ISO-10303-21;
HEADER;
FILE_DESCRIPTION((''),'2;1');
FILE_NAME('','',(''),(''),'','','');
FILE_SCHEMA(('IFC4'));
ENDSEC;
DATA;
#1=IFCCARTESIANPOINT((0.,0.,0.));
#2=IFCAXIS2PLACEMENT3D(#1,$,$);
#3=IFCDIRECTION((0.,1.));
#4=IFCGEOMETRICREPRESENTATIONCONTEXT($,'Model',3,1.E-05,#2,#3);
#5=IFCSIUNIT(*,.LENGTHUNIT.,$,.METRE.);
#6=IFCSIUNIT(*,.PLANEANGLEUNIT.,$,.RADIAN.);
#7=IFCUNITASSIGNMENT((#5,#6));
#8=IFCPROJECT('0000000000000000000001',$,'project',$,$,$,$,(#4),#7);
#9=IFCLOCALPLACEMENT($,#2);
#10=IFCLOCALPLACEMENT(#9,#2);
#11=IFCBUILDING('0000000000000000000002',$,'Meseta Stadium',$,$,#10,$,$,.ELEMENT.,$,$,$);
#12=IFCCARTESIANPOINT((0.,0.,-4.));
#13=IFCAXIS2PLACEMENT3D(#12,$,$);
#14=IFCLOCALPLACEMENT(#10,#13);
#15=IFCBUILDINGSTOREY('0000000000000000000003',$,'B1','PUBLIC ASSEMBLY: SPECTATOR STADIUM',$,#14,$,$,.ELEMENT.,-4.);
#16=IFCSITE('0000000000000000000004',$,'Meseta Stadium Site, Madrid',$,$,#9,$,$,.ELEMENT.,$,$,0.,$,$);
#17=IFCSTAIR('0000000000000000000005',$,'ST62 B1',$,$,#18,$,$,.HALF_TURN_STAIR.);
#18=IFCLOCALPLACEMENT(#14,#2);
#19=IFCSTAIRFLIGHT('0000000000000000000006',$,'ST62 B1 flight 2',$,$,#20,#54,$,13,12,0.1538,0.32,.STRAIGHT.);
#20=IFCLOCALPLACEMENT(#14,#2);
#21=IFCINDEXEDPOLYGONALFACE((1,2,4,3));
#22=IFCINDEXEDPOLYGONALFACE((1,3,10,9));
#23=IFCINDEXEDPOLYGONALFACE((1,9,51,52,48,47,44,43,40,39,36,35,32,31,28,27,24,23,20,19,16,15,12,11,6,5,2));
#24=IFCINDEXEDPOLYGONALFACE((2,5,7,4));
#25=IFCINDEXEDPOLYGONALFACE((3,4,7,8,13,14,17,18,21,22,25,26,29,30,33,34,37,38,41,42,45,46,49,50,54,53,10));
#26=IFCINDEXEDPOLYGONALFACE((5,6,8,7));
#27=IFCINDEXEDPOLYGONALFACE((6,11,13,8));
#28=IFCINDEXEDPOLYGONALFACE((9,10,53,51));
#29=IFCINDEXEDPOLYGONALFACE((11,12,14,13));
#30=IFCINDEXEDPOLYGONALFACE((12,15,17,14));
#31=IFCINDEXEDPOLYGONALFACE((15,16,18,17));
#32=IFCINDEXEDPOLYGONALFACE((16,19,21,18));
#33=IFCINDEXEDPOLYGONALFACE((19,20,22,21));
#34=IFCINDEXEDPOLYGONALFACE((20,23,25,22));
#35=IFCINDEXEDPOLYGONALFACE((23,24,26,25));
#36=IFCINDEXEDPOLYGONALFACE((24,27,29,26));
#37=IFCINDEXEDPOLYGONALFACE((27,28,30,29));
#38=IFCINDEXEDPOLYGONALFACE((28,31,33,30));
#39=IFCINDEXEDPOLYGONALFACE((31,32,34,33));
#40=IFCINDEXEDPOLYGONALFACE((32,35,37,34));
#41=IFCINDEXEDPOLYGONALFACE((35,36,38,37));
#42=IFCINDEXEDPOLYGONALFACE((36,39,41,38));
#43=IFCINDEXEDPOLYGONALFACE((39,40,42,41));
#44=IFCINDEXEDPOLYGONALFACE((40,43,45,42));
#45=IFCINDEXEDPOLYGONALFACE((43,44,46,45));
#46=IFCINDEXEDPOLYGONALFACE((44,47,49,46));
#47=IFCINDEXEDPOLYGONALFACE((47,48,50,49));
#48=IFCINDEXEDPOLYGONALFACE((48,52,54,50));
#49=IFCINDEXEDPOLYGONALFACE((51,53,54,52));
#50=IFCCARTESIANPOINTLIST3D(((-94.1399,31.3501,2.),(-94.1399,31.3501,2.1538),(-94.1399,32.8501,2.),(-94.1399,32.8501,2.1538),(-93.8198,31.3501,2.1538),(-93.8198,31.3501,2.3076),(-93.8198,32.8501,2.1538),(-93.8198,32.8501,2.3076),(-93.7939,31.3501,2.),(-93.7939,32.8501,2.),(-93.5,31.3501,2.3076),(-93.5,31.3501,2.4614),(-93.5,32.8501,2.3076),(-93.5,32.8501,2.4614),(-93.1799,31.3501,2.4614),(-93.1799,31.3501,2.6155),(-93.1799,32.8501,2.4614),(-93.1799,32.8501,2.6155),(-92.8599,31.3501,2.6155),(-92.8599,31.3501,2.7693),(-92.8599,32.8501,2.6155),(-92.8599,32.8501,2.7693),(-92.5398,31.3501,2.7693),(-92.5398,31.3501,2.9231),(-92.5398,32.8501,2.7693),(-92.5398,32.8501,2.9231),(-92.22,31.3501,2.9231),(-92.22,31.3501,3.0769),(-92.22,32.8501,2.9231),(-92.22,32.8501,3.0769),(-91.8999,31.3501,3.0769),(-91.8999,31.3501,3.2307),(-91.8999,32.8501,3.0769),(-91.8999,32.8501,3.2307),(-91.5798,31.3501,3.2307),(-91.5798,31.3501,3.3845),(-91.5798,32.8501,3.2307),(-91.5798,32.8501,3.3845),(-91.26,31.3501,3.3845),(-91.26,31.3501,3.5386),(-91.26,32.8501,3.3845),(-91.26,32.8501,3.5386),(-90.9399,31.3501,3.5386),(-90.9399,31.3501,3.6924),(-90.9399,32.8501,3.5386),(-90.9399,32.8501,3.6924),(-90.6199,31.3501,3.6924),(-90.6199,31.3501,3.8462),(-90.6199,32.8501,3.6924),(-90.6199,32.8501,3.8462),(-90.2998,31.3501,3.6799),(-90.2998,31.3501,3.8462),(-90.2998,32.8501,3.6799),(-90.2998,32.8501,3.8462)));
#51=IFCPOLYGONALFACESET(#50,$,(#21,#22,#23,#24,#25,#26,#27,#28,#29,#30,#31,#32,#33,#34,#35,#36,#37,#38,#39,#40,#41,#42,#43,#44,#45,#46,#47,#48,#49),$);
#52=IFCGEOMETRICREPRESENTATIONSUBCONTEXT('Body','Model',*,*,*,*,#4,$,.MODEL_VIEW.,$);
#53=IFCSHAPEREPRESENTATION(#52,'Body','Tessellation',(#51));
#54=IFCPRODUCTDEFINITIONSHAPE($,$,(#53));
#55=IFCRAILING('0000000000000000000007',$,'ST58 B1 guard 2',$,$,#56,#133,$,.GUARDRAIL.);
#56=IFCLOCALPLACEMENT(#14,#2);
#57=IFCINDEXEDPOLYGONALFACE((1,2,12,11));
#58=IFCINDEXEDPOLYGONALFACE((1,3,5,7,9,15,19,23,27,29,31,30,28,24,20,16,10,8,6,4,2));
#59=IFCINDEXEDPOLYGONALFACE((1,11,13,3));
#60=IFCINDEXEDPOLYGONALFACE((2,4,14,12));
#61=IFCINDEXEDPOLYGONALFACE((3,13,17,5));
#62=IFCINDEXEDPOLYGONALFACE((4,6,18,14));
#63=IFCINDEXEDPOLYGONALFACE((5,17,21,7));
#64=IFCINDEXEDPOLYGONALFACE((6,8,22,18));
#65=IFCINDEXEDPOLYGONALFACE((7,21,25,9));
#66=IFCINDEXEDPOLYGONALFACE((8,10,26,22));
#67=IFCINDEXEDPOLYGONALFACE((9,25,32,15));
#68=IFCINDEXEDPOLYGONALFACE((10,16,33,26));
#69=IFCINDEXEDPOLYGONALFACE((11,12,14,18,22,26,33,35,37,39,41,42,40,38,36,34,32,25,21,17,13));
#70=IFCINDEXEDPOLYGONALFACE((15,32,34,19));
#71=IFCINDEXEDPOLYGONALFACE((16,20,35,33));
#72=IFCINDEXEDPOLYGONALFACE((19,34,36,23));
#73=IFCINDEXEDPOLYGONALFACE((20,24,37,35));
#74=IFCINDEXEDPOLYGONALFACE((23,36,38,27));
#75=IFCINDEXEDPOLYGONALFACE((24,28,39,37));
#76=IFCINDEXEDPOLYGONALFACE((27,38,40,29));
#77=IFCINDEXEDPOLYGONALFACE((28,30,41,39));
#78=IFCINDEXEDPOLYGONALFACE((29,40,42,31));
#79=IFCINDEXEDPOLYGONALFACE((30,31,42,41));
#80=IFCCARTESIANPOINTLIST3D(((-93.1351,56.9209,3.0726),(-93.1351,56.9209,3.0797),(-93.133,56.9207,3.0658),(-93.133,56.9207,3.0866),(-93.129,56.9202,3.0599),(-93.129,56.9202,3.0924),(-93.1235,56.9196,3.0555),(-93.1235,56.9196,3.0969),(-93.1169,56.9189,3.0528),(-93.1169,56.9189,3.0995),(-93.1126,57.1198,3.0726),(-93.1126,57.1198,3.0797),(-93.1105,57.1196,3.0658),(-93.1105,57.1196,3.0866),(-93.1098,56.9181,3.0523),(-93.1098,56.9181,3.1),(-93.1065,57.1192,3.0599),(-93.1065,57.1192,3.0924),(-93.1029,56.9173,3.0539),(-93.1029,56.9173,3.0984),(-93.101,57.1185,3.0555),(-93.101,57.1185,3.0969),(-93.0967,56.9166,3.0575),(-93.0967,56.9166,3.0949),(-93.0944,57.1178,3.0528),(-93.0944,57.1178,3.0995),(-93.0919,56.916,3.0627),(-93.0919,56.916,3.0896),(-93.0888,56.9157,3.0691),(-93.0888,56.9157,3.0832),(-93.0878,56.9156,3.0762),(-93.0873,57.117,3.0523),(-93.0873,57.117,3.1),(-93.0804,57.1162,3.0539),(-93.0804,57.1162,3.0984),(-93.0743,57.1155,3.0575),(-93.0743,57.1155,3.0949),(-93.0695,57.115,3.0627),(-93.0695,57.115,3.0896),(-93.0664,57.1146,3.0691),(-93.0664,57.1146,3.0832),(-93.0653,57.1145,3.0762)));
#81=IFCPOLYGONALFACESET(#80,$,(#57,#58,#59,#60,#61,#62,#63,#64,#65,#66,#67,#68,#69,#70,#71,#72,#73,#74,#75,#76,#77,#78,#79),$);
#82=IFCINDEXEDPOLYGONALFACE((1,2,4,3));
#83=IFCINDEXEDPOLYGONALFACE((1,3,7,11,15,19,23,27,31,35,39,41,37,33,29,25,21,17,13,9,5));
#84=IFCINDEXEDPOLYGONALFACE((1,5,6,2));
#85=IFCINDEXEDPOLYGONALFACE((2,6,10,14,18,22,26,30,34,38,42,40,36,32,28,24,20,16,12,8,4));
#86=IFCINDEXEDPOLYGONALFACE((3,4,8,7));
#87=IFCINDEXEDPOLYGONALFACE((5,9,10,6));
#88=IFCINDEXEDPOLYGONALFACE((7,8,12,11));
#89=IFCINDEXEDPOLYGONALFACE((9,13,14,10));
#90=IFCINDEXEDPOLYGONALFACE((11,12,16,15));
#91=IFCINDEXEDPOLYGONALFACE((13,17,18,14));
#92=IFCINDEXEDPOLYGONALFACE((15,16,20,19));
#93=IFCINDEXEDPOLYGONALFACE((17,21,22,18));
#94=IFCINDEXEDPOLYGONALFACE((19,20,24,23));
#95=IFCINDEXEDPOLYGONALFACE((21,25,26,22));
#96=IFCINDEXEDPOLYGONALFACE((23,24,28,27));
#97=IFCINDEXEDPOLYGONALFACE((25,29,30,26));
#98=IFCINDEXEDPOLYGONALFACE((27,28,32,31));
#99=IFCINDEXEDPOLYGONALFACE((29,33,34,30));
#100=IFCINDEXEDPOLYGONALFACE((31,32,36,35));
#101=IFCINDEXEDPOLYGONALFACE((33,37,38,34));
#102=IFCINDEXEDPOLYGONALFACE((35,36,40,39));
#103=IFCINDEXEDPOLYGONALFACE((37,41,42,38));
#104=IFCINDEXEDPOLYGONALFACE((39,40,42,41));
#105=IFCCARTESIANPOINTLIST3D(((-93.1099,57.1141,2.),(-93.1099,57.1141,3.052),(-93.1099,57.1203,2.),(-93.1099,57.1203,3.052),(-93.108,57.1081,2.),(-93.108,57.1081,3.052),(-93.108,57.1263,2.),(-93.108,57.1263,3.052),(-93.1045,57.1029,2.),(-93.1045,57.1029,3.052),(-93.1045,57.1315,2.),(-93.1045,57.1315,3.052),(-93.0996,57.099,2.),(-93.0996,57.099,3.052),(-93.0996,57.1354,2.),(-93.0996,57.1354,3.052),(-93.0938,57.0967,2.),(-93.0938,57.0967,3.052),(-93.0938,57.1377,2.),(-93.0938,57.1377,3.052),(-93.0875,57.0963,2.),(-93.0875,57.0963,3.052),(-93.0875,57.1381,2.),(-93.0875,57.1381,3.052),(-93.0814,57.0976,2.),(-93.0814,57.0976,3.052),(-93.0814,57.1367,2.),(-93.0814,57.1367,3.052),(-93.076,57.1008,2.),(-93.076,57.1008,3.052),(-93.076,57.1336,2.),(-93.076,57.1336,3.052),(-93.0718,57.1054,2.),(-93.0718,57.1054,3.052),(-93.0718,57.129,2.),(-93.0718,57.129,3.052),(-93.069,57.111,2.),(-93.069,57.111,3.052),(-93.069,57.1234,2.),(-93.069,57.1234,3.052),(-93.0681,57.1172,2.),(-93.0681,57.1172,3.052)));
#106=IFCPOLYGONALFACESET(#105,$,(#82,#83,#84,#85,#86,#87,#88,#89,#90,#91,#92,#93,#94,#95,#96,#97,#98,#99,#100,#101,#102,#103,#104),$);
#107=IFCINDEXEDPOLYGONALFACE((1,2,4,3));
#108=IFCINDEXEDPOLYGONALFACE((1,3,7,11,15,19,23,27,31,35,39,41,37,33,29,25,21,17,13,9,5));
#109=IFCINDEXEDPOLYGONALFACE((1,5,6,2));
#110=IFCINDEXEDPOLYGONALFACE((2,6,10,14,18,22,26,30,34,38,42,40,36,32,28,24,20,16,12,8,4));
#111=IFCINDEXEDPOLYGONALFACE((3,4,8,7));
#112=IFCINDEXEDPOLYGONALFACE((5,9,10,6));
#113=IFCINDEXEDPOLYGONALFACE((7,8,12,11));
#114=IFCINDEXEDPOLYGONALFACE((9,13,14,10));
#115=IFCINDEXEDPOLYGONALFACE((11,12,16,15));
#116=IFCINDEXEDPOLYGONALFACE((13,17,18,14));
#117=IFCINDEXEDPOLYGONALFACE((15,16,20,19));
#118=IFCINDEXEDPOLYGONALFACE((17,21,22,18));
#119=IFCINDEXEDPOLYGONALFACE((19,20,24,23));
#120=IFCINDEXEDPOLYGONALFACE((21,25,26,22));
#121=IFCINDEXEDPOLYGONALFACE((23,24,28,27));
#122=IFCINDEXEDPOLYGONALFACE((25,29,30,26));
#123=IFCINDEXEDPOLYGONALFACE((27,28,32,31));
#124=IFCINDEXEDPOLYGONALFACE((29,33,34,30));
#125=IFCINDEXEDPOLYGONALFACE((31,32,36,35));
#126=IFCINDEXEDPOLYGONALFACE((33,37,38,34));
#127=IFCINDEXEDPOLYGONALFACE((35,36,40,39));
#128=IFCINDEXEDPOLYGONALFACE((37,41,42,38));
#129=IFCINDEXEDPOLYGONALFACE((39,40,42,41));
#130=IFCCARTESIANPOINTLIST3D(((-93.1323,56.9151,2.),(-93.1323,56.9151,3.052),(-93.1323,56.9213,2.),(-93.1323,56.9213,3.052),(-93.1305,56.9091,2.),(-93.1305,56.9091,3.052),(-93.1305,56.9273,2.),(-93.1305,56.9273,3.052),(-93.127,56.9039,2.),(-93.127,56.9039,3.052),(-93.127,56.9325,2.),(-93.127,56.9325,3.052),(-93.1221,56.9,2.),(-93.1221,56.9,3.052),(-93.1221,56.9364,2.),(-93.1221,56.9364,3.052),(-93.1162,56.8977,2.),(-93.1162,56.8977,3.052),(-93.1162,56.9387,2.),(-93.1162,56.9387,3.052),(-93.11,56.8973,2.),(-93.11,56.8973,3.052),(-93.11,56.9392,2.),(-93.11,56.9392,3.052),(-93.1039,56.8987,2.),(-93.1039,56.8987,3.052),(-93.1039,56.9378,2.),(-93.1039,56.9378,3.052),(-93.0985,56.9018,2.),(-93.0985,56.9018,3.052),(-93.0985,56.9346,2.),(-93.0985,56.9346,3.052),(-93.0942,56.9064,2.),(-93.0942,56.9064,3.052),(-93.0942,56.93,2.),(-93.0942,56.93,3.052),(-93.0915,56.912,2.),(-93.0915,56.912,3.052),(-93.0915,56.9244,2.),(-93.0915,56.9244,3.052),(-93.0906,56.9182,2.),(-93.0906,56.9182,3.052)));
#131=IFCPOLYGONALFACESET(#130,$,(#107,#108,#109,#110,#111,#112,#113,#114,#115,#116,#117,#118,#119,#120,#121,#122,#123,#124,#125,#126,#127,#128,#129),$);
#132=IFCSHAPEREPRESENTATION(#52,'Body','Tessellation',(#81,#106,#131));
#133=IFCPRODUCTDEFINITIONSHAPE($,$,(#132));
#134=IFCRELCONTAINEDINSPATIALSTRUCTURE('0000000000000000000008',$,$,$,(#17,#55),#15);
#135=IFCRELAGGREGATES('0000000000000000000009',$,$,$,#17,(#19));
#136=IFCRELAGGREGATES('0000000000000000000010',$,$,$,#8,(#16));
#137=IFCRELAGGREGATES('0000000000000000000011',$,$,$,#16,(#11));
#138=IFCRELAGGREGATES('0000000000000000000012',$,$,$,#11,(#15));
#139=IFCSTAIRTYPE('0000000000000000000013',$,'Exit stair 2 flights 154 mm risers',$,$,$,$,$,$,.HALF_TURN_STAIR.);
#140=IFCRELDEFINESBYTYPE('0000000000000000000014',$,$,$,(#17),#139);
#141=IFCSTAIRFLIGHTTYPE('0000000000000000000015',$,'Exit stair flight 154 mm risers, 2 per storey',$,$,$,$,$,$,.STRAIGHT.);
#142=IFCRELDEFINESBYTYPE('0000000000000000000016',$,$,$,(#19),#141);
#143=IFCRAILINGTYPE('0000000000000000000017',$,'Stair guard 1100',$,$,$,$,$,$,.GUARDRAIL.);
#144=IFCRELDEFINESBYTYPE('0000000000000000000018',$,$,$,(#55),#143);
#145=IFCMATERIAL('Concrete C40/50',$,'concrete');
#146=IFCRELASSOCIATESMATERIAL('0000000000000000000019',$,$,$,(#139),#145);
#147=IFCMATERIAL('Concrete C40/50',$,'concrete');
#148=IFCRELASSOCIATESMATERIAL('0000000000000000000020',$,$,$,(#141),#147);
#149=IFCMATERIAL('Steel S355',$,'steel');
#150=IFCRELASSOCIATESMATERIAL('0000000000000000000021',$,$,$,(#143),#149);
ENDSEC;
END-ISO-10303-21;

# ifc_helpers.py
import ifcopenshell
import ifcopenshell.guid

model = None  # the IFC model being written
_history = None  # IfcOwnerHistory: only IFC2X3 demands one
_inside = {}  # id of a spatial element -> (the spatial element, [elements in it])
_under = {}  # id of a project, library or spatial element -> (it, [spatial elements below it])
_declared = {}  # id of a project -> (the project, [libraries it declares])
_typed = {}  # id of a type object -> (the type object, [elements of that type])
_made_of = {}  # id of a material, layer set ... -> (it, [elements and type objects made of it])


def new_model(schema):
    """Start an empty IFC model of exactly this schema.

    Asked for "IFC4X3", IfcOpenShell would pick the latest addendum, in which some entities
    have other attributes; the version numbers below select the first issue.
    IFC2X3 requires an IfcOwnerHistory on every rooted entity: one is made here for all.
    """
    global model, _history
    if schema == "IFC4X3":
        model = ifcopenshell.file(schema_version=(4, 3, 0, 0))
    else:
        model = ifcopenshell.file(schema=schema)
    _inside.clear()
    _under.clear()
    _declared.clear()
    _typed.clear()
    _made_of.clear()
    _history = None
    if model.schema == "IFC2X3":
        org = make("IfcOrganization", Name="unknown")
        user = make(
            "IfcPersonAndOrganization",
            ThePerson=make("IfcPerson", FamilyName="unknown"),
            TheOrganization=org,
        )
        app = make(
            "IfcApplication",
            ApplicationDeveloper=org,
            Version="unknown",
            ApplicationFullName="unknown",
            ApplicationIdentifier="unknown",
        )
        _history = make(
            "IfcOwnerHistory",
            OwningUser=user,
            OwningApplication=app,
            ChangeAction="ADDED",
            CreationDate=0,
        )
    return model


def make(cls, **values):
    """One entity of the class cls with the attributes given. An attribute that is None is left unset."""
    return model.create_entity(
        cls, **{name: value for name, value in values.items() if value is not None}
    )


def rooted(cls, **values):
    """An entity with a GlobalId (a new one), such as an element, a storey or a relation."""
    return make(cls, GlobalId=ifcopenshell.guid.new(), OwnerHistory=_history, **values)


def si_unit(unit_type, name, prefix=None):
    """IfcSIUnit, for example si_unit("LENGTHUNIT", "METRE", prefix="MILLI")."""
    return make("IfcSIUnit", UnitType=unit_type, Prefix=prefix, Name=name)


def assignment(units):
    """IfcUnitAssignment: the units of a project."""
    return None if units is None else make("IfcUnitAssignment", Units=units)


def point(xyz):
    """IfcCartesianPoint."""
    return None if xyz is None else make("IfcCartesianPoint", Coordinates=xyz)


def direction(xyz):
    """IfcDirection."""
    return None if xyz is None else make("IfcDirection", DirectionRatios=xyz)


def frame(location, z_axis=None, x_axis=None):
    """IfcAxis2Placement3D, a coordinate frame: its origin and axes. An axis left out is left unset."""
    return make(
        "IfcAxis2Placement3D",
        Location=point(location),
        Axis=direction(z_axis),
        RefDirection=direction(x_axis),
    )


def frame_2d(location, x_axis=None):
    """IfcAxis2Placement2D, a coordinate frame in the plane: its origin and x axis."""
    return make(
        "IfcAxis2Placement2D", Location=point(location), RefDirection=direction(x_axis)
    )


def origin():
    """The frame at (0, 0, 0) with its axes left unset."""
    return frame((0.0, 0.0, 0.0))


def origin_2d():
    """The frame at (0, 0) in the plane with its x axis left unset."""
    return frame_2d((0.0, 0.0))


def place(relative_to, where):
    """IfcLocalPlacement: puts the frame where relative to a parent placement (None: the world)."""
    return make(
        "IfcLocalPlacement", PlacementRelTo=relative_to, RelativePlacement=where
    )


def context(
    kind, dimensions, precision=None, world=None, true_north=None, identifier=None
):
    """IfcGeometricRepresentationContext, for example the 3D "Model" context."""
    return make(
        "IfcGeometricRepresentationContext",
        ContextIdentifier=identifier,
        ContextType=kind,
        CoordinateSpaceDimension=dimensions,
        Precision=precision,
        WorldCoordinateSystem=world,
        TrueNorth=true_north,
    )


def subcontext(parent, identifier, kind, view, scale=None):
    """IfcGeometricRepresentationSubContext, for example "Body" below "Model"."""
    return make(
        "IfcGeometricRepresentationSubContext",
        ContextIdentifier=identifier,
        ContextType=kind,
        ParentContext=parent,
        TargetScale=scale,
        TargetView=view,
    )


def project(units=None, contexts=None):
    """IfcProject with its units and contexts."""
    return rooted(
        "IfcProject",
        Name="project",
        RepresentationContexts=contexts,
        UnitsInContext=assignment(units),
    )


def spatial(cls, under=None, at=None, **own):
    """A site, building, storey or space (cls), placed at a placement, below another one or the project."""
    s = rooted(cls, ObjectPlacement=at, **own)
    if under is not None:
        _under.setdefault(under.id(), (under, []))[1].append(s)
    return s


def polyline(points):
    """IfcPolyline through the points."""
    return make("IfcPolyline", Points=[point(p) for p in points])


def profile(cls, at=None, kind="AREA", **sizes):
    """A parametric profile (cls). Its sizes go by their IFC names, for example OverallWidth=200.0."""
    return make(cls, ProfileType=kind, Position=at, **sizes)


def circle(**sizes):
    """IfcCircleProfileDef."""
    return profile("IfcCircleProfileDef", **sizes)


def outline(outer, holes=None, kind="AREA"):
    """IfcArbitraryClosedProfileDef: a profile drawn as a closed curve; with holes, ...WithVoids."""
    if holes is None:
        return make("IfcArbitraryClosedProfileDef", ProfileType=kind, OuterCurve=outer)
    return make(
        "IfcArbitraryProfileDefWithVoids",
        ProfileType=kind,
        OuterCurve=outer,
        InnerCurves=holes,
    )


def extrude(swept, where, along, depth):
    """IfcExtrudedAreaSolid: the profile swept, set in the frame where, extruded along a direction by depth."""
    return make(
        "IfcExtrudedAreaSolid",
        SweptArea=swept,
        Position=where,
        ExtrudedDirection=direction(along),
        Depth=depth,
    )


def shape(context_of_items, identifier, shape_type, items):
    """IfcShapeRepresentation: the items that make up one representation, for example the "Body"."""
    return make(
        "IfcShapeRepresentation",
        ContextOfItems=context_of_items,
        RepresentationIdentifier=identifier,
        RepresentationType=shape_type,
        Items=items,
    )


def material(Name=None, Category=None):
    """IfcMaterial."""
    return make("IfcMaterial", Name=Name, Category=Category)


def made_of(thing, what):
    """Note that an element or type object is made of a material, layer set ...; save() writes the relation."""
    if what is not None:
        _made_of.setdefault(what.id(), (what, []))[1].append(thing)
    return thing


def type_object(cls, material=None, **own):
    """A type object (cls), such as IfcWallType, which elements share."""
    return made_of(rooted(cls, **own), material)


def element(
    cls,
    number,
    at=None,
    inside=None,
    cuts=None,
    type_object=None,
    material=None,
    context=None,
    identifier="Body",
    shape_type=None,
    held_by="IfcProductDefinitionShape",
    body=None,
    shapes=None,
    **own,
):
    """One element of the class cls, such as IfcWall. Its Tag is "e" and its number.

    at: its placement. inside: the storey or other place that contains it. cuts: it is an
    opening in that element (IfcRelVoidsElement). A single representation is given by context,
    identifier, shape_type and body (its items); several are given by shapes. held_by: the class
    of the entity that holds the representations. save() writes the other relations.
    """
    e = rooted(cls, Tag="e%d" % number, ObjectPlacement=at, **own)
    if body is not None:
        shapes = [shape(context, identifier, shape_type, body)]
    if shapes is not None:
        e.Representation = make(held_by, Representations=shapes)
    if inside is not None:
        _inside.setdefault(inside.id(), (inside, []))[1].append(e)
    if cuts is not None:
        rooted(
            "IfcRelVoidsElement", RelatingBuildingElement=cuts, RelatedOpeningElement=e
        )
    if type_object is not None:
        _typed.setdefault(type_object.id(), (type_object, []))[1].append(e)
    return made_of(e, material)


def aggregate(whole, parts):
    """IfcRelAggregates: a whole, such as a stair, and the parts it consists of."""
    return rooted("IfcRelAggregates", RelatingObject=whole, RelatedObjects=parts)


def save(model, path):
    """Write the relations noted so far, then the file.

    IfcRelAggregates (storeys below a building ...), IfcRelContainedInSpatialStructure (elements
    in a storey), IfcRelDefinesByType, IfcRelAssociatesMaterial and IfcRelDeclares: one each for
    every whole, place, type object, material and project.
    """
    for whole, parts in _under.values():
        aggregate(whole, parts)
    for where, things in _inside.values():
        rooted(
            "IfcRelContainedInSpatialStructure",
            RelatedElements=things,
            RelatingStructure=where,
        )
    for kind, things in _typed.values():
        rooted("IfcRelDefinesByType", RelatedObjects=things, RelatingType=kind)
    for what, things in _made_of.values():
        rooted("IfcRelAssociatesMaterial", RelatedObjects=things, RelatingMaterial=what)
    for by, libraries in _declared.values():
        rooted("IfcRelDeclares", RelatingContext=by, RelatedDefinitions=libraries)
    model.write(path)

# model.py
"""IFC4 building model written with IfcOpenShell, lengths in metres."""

from ifc_helpers import new_model, si_unit, direction, frame, origin, origin_2d, place, context, subcontext, project, spatial, polyline, circle, outline, extrude, material, type_object, element, aggregate, save


model = new_model("IFC4")

# Units and contexts
model_context = context("Model", 3, precision=1e-05, world=origin(), true_north=direction((0.0, 1.0)))
body_context = subcontext(model_context, "Body", "Model", "MODEL_VIEW")
ifc_project = project(units=[si_unit("LENGTHUNIT", "METRE"), si_unit("PLANEANGLEUNIT", "RADIAN")], contexts=[model_context])

# Site, building, storey
site_placement = place(None, origin())
site = spatial("IfcSite", under=ifc_project, at=site_placement, Name="Meseta Stadium Site, Madrid", CompositionType="ELEMENT", RefElevation=0.0)
building_placement = place(site_placement, origin())
building = spatial("IfcBuilding", under=site, at=building_placement, Name="Meseta Stadium", CompositionType="ELEMENT")
storey_placement = place(building_placement, frame((0.0, 0.0, -4.0)))
storey = spatial("IfcBuildingStorey", under=building, at=storey_placement, Name="B1", Description="PUBLIC ASSEMBLY: SPECTATOR STADIUM", CompositionType="ELEMENT", Elevation=-4.0)

# Stair, stair flight
ifc_material_1 = material(Name="Concrete C40/50", Category="concrete")
stair_type = type_object("IfcStairType", Name="Exit stair 2 flights 154 mm risers", PredefinedType="HALF_TURN_STAIR", material=ifc_material_1)
ifc_material_2 = material(Name="Concrete C40/50", Category="concrete")
stair_flight_type = type_object("IfcStairFlightType", Name="Exit stair flight 154 mm risers, 2 per storey", PredefinedType="STRAIGHT", material=ifc_material_2)
stair_1_placement = place(storey_placement, origin())
stair_1 = element("IfcStair", 1, at=stair_1_placement, inside=storey, type_object=stair_type, Name="ST62 B1", PredefinedType="HALF_TURN_STAIR")
stair_flight_1_placement = place(storey_placement, frame((-94.1399, 32.1001, 2.0), z_axis=(0.0, 0.0, 1.0), x_axis=(1.0, 0.0, 0.0)))
stair_flight_1 = element("IfcStairFlight", 2, at=stair_flight_1_placement, type_object=stair_flight_type, Name="ST62 B1 flight 2", NumberOfRisers=13, NumberOfTreads=12, PredefinedType="STRAIGHT", RiserHeight=0.1538, TreadLength=0.32, context=body_context, shape_type="SweptSolid", body=[
    extrude(outline(polyline([(0.0, 0.0), (0.0, 0.1538), (0.3201, 0.1538), (0.3201, 0.3076), (0.6399, 0.3076), (0.6399, 0.4614), (0.96, 0.4614), (0.96, 0.6155), (1.28, 0.6155), (1.28, 0.7693), (1.6001, 0.7693), (1.6001, 0.9231), (1.9199, 0.9231), (1.9199, 1.0769), (2.24, 1.0769), (2.24, 1.2307), (2.5601, 1.2307), (2.5601, 1.3845), (2.8799, 1.3845), (2.8799, 1.5386), (3.2, 1.5386), (3.2, 1.6924), (3.52, 1.6924), (3.52, 1.8462), (3.8401, 1.8462), (3.8401, 1.6799), (0.3459, 0.0), (0.0, 0.0)])), frame((0.0, 0.75, 0.0), z_axis=(0.0, -1.0, 0.0), x_axis=(1.0, 0.0, 0.0)), (0.0, 0.0, 1.0), 1.5),
])
aggregate(stair_1, [stair_flight_1])

# Railing
ifc_material_3 = material(Name="Steel S355", Category="steel")
railing_type_1 = type_object("IfcRailingType", Name="Stair guard 1100", PredefinedType="GUARDRAIL", material=ifc_material_3)
railing_1_placement = place(storey_placement, frame((-93.0891, 57.1172, 2.0)))
element("IfcRailing", 3, at=railing_1_placement, inside=storey, type_object=railing_type_1, Name="ST58 B1 guard 2", PredefinedType="GUARDRAIL", context=body_context, shape_type="SweptSolid", body=[
    extrude(circle(Radius=0.0239, at=origin_2d()), frame((0.0, 0.0, 1.0762), z_axis=(-0.112171, -0.993689, 0.0), x_axis=(0.993689, -0.112171, 0.0)), (0.0, 0.0, 1.0), 0.2002),
    extrude(circle(Radius=0.021, at=origin_2d()), origin(), (0.0, 0.0, 1.0), 1.052),
    extrude(circle(Radius=0.021, at=origin_2d()), frame((-0.0225, -0.199, 0.0)), (0.0, 0.0, 1.0), 1.052),
])

save(model, "model.ifc")
